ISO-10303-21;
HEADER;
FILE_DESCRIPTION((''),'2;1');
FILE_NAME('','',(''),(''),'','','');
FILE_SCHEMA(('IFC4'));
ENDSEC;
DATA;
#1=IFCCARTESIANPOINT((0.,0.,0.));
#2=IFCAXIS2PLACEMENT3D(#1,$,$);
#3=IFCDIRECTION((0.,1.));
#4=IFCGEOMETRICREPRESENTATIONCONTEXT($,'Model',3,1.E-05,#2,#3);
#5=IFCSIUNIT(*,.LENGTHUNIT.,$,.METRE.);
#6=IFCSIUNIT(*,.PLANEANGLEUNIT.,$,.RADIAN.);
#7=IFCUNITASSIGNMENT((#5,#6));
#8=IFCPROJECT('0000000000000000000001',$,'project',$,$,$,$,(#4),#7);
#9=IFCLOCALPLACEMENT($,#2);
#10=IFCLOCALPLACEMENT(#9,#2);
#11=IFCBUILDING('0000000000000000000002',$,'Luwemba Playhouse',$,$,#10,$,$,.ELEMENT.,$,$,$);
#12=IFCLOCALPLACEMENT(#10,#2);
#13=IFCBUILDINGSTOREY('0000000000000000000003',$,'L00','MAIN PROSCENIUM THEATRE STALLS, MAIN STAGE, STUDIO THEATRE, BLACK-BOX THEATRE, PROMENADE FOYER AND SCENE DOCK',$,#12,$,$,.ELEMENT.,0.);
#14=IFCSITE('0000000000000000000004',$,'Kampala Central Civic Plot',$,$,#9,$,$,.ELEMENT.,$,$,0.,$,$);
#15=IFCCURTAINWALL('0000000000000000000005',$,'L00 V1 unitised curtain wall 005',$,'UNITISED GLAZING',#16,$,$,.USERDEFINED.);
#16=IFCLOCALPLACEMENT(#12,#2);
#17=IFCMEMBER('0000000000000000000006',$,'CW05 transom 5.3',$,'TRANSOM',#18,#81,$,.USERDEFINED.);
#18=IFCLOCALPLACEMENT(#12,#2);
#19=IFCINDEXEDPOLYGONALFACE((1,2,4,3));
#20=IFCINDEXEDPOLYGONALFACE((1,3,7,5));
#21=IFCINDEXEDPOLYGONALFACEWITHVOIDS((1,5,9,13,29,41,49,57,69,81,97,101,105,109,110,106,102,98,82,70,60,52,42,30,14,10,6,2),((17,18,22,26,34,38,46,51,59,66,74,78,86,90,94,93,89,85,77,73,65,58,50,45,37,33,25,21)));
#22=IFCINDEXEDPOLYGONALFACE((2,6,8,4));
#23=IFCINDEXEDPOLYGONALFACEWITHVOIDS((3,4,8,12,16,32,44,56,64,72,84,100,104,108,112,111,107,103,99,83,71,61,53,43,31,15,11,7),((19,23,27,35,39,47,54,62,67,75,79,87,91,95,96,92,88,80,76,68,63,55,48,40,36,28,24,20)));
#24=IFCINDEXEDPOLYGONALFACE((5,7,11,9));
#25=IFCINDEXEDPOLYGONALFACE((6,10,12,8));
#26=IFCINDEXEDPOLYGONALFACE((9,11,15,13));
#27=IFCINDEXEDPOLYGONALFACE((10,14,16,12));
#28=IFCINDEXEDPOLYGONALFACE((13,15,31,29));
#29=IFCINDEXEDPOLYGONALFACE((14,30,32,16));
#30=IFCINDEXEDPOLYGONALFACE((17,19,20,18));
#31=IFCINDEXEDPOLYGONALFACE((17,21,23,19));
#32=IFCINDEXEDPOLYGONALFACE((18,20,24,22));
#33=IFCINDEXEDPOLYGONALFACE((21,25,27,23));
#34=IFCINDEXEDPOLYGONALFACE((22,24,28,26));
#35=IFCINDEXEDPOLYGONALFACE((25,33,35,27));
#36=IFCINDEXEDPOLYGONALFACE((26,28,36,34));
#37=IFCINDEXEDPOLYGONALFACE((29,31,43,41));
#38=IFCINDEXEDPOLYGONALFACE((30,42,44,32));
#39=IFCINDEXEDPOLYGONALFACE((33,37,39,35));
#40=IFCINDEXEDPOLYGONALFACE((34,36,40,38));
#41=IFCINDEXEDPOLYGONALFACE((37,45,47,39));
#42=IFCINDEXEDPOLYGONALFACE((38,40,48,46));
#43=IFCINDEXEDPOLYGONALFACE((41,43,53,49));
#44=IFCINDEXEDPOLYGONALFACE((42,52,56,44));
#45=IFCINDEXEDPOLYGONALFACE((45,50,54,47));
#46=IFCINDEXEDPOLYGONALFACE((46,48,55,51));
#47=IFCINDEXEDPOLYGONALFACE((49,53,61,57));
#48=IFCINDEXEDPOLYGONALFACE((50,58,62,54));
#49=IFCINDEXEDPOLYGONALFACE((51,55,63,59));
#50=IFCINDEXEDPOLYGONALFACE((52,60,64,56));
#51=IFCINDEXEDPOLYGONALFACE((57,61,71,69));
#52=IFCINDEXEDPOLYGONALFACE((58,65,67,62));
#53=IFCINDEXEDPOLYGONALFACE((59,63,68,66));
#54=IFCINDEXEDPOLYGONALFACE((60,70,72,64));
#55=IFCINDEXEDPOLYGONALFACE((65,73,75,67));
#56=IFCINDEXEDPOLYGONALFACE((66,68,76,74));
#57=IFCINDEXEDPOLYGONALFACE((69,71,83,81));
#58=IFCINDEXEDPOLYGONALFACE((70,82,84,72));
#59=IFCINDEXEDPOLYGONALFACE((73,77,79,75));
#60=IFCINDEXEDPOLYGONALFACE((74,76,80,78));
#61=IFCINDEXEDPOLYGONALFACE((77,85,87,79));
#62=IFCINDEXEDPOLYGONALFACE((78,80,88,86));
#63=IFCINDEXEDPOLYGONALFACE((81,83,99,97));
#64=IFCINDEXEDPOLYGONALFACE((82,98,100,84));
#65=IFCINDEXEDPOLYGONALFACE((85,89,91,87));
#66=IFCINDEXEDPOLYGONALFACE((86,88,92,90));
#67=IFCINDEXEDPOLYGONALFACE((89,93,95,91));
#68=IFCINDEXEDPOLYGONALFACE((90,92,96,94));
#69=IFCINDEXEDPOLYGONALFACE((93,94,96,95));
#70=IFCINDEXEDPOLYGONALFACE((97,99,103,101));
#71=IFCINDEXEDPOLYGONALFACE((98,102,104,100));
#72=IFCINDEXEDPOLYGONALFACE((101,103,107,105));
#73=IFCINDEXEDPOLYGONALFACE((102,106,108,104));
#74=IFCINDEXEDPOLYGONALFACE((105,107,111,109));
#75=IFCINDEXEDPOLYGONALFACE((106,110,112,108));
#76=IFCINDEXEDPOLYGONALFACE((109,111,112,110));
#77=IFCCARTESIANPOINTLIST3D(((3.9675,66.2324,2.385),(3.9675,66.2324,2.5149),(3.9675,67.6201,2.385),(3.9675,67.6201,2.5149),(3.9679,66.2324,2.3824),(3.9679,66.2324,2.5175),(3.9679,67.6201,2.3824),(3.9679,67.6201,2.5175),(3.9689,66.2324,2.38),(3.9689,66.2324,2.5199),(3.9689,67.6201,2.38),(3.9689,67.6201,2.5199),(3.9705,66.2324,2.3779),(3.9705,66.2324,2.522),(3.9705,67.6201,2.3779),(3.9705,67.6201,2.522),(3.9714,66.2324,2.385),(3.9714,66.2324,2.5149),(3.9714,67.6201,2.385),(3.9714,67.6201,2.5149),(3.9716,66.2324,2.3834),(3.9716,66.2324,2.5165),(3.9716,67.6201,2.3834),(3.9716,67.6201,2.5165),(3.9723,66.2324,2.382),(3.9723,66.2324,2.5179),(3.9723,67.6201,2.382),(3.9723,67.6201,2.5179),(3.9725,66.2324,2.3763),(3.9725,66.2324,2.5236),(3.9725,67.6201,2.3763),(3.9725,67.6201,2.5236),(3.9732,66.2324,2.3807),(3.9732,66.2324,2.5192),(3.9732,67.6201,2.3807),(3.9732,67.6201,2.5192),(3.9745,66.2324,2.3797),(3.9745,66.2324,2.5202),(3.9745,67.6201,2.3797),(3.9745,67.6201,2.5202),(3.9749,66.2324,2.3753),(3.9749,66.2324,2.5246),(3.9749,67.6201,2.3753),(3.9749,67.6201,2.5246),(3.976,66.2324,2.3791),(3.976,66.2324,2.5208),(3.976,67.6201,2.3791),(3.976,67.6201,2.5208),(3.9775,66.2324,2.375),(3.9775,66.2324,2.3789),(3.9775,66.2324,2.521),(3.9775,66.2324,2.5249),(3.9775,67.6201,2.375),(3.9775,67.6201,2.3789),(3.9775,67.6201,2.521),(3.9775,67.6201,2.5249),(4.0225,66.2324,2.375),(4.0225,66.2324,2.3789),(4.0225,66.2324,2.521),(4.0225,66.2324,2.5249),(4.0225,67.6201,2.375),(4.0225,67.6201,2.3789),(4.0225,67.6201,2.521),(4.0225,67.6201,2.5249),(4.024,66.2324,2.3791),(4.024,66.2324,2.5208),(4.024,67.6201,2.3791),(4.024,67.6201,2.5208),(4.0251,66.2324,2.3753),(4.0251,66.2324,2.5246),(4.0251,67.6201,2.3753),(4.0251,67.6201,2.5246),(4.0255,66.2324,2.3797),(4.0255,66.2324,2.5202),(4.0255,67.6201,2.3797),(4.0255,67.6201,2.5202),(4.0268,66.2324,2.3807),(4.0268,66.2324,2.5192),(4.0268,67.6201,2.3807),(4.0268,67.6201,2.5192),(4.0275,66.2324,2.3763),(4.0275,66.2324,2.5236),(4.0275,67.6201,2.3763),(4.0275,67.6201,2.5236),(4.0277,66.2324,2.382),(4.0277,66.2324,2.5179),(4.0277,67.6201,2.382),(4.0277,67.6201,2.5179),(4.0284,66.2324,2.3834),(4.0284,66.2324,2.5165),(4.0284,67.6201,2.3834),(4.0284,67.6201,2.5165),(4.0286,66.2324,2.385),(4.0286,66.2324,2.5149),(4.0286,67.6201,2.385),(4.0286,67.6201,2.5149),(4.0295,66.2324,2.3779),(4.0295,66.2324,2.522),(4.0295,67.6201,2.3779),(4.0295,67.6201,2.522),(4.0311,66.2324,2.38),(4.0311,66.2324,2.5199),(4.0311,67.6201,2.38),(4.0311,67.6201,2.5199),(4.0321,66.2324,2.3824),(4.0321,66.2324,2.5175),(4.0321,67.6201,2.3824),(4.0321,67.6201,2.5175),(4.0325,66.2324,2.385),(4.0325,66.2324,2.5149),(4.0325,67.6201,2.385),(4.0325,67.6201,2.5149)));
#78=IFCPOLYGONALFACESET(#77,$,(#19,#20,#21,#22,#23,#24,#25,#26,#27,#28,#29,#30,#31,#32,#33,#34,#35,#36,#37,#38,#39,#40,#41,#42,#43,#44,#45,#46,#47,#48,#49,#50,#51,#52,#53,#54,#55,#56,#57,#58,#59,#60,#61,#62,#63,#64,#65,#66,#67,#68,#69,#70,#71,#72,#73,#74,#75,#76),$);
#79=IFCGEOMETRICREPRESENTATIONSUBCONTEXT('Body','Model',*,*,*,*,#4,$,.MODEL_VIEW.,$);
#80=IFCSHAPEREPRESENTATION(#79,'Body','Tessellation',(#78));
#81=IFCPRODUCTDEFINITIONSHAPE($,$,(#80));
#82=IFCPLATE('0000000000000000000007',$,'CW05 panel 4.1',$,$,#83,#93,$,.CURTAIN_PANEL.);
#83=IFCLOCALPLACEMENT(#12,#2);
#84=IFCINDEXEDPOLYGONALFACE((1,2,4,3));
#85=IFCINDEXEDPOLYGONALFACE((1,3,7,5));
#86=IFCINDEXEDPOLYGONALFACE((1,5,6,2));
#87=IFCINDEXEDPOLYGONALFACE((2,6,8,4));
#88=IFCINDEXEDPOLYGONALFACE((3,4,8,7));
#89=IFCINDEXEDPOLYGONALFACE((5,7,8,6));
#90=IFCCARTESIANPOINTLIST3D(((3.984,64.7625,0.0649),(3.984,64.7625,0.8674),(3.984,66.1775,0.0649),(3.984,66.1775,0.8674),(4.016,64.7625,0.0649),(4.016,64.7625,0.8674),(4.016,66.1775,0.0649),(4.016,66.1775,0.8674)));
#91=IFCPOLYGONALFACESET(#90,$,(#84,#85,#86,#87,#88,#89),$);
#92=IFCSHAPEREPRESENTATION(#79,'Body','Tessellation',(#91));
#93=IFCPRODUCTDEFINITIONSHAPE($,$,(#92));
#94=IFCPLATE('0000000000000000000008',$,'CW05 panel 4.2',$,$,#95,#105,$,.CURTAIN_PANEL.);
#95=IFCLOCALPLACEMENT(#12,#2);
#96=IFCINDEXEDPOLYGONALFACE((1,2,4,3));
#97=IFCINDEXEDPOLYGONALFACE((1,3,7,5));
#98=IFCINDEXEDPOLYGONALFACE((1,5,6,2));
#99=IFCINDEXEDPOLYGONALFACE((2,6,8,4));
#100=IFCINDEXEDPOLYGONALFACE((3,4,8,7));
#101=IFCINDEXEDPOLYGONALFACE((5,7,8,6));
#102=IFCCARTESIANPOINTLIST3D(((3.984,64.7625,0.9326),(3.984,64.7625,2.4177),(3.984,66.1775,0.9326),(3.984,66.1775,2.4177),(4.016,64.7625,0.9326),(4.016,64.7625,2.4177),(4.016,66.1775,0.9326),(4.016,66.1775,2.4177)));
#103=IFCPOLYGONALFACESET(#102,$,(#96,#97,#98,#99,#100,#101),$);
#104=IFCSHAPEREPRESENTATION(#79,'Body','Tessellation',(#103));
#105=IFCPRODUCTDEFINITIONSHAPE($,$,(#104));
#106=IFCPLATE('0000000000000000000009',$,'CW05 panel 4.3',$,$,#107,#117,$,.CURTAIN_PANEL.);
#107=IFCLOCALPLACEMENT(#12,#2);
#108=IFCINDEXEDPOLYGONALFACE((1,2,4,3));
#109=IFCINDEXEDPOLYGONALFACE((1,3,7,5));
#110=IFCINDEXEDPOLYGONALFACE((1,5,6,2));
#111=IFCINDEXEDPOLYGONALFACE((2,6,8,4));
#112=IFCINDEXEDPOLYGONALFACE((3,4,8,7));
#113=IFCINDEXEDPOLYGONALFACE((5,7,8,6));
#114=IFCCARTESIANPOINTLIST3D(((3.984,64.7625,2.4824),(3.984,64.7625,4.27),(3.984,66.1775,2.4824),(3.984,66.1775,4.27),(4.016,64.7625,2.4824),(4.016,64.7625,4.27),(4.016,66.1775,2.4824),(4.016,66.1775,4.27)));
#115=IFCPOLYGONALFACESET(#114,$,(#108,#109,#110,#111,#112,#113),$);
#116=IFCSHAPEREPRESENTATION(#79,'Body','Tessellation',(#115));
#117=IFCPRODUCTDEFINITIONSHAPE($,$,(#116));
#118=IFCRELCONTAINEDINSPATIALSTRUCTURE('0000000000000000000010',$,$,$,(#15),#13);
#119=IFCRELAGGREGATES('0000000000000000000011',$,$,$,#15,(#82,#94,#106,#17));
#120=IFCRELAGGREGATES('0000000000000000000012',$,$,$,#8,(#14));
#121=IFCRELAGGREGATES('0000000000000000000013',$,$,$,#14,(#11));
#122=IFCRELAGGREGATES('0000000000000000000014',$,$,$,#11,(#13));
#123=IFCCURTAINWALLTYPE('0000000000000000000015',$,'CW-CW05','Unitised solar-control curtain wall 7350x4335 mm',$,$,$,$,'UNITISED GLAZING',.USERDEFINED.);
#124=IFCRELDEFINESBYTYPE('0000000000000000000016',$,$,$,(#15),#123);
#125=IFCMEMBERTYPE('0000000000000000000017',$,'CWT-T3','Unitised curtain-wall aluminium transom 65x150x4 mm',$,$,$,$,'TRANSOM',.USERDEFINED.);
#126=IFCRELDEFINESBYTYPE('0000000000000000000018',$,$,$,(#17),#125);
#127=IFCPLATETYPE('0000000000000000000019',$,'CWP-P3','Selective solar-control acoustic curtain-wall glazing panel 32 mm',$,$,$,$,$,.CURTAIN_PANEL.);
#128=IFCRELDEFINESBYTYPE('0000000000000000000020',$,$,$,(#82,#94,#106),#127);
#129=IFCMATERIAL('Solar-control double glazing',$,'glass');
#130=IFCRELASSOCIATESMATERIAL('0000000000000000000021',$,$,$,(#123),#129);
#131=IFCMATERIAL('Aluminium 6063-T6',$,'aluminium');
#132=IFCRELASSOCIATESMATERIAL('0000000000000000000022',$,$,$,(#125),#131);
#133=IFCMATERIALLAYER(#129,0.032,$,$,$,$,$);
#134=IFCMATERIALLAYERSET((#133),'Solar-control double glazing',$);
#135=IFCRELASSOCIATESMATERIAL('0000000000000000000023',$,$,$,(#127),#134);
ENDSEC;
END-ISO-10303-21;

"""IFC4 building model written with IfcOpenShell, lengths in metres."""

from ifc_helpers import new_model, si_unit, direction, frame, origin, origin_2d, place, context, subcontext, project, spatial, rectangle, hollow_rectangle, extrude, material, layer, layer_set, material_profile, profile_set, type_object, element, aggregate, save


model = new_model("IFC4")

# Units and contexts
model_context = context("Model", 3, precision=1e-05, world=origin(), true_north=direction((0.0, 1.0)))
body_context = subcontext(model_context, "Body", "Model", "MODEL_VIEW")
ifc_project = project(units=[si_unit("LENGTHUNIT", "METRE"), si_unit("PLANEANGLEUNIT", "RADIAN")], contexts=[model_context])

# Site, building, storey
site_placement = place(None, origin())
site = spatial("IfcSite", under=ifc_project, at=site_placement, Name="Kampala Central Civic Plot", CompositionType="ELEMENT", RefElevation=0.0)
building_placement = place(site_placement, origin())
building = spatial("IfcBuilding", under=site, at=building_placement, Name="Luwemba Playhouse", CompositionType="ELEMENT")
storey_placement = place(building_placement, origin())
storey = spatial("IfcBuildingStorey", under=building, at=storey_placement, Name="L00", Description="MAIN PROSCENIUM THEATRE STALLS, MAIN STAGE, STUDIO THEATRE, BLACK-BOX THEATRE, PROMENADE FOYER AND SCENE DOCK", CompositionType="ELEMENT", Elevation=0.0)

# Curtain wall, member, plates
ifc_material_1 = material(Name="Solar-control double glazing", Category="glass")
curtain_wall_type = type_object("IfcCurtainWallType", Name="CW-CW05", Description="Unitised solar-control curtain wall 7350x4335 mm", ElementType="UNITISED GLAZING", PredefinedType="USERDEFINED", material=ifc_material_1)
curtain_wall_placement = place(storey_placement, origin())
curtain_wall = element("IfcCurtainWall", 1, at=curtain_wall_placement, inside=storey, type_object=curtain_wall_type, Name="L00 V1 unitised curtain wall 005", ObjectType="UNITISED GLAZING", PredefinedType="USERDEFINED")
ifc_material_2 = material(Name="Aluminium 6063-T6", Category="aluminium")
ifc_material_profile_1 = material_profile(ifc_material_2, hollow_rectangle(XDim=0.0649, YDim=0.1499, WallThickness=0.0039, InnerFilletRadius=0.0061, OuterFilletRadius=0.01, at=origin_2d()))
ifc_profile_set_1 = profile_set([ifc_material_profile_1], Name="Aluminium 6063-T6")
member_type_1 = type_object("IfcMemberType", Name="CWT-T3", Description="Unitised curtain-wall aluminium transom 65x150x4 mm", ElementType="TRANSOM", PredefinedType="USERDEFINED", material=ifc_profile_set_1)
member_1_placement = place(storey_placement, frame((4.0, 66.2324, 2.45), z_axis=(0.0, 1.0, 0.0), x_axis=(-1.0, 0.0, 0.0)))
member_1 = element("IfcMember", 2, at=member_1_placement, type_object=member_type_1, Name="CW05 transom 5.3", ObjectType="TRANSOM", PredefinedType="USERDEFINED", context=body_context, shape_type="SweptSolid", body=[
    extrude(hollow_rectangle(XDim=0.0649, YDim=0.1499, WallThickness=0.0039, InnerFilletRadius=0.0061, OuterFilletRadius=0.01, at=origin_2d()), origin(), (0.0, 0.0, 1.0), 1.3877),
])
ifc_layer = layer(ifc_material_1, 0.032)
ifc_layer_set = layer_set([ifc_layer], Name="Solar-control double glazing")
plate_type = type_object("IfcPlateType", Name="CWP-P3", Description="Selective solar-control acoustic curtain-wall glazing panel 32 mm", PredefinedType="CURTAIN_PANEL", material=ifc_layer_set)
plate_1_placement = place(storey_placement, frame((4.0, 65.47, 0.0649), z_axis=(0.0, 0.0, 1.0), x_axis=(0.0, 1.0, 0.0)))
plate_1 = element("IfcPlate", 3, at=plate_1_placement, type_object=plate_type, Name="CW05 panel 4.1", PredefinedType="CURTAIN_PANEL", context=body_context, shape_type="SweptSolid", body=[
    extrude(rectangle(XDim=1.415, YDim=0.032, at=origin_2d()), origin(), (0.0, 0.0, 1.0), 0.8025),
])
plate_2_placement = place(storey_placement, frame((4.0, 65.47, 0.9326), z_axis=(0.0, 0.0, 1.0), x_axis=(0.0, 1.0, 0.0)))
plate_2 = element("IfcPlate", 4, at=plate_2_placement, type_object=plate_type, Name="CW05 panel 4.2", PredefinedType="CURTAIN_PANEL", context=body_context, shape_type="SweptSolid", body=[
    extrude(rectangle(XDim=1.415, YDim=0.032, at=origin_2d()), origin(), (0.0, 0.0, 1.0), 1.4851),
])
plate_3_placement = place(storey_placement, frame((4.0, 65.47, 2.4824), z_axis=(0.0, 0.0, 1.0), x_axis=(0.0, 1.0, 0.0)))
plate_3 = element("IfcPlate", 5, at=plate_3_placement, type_object=plate_type, Name="CW05 panel 4.3", PredefinedType="CURTAIN_PANEL", context=body_context, shape_type="SweptSolid", body=[
    extrude(rectangle(XDim=1.415, YDim=0.032, at=origin_2d()), origin(), (0.0, 0.0, 1.0), 1.7876),
])
aggregate(curtain_wall, [plate_1, plate_2, plate_3, member_1])

save(model, "model.ifc")
